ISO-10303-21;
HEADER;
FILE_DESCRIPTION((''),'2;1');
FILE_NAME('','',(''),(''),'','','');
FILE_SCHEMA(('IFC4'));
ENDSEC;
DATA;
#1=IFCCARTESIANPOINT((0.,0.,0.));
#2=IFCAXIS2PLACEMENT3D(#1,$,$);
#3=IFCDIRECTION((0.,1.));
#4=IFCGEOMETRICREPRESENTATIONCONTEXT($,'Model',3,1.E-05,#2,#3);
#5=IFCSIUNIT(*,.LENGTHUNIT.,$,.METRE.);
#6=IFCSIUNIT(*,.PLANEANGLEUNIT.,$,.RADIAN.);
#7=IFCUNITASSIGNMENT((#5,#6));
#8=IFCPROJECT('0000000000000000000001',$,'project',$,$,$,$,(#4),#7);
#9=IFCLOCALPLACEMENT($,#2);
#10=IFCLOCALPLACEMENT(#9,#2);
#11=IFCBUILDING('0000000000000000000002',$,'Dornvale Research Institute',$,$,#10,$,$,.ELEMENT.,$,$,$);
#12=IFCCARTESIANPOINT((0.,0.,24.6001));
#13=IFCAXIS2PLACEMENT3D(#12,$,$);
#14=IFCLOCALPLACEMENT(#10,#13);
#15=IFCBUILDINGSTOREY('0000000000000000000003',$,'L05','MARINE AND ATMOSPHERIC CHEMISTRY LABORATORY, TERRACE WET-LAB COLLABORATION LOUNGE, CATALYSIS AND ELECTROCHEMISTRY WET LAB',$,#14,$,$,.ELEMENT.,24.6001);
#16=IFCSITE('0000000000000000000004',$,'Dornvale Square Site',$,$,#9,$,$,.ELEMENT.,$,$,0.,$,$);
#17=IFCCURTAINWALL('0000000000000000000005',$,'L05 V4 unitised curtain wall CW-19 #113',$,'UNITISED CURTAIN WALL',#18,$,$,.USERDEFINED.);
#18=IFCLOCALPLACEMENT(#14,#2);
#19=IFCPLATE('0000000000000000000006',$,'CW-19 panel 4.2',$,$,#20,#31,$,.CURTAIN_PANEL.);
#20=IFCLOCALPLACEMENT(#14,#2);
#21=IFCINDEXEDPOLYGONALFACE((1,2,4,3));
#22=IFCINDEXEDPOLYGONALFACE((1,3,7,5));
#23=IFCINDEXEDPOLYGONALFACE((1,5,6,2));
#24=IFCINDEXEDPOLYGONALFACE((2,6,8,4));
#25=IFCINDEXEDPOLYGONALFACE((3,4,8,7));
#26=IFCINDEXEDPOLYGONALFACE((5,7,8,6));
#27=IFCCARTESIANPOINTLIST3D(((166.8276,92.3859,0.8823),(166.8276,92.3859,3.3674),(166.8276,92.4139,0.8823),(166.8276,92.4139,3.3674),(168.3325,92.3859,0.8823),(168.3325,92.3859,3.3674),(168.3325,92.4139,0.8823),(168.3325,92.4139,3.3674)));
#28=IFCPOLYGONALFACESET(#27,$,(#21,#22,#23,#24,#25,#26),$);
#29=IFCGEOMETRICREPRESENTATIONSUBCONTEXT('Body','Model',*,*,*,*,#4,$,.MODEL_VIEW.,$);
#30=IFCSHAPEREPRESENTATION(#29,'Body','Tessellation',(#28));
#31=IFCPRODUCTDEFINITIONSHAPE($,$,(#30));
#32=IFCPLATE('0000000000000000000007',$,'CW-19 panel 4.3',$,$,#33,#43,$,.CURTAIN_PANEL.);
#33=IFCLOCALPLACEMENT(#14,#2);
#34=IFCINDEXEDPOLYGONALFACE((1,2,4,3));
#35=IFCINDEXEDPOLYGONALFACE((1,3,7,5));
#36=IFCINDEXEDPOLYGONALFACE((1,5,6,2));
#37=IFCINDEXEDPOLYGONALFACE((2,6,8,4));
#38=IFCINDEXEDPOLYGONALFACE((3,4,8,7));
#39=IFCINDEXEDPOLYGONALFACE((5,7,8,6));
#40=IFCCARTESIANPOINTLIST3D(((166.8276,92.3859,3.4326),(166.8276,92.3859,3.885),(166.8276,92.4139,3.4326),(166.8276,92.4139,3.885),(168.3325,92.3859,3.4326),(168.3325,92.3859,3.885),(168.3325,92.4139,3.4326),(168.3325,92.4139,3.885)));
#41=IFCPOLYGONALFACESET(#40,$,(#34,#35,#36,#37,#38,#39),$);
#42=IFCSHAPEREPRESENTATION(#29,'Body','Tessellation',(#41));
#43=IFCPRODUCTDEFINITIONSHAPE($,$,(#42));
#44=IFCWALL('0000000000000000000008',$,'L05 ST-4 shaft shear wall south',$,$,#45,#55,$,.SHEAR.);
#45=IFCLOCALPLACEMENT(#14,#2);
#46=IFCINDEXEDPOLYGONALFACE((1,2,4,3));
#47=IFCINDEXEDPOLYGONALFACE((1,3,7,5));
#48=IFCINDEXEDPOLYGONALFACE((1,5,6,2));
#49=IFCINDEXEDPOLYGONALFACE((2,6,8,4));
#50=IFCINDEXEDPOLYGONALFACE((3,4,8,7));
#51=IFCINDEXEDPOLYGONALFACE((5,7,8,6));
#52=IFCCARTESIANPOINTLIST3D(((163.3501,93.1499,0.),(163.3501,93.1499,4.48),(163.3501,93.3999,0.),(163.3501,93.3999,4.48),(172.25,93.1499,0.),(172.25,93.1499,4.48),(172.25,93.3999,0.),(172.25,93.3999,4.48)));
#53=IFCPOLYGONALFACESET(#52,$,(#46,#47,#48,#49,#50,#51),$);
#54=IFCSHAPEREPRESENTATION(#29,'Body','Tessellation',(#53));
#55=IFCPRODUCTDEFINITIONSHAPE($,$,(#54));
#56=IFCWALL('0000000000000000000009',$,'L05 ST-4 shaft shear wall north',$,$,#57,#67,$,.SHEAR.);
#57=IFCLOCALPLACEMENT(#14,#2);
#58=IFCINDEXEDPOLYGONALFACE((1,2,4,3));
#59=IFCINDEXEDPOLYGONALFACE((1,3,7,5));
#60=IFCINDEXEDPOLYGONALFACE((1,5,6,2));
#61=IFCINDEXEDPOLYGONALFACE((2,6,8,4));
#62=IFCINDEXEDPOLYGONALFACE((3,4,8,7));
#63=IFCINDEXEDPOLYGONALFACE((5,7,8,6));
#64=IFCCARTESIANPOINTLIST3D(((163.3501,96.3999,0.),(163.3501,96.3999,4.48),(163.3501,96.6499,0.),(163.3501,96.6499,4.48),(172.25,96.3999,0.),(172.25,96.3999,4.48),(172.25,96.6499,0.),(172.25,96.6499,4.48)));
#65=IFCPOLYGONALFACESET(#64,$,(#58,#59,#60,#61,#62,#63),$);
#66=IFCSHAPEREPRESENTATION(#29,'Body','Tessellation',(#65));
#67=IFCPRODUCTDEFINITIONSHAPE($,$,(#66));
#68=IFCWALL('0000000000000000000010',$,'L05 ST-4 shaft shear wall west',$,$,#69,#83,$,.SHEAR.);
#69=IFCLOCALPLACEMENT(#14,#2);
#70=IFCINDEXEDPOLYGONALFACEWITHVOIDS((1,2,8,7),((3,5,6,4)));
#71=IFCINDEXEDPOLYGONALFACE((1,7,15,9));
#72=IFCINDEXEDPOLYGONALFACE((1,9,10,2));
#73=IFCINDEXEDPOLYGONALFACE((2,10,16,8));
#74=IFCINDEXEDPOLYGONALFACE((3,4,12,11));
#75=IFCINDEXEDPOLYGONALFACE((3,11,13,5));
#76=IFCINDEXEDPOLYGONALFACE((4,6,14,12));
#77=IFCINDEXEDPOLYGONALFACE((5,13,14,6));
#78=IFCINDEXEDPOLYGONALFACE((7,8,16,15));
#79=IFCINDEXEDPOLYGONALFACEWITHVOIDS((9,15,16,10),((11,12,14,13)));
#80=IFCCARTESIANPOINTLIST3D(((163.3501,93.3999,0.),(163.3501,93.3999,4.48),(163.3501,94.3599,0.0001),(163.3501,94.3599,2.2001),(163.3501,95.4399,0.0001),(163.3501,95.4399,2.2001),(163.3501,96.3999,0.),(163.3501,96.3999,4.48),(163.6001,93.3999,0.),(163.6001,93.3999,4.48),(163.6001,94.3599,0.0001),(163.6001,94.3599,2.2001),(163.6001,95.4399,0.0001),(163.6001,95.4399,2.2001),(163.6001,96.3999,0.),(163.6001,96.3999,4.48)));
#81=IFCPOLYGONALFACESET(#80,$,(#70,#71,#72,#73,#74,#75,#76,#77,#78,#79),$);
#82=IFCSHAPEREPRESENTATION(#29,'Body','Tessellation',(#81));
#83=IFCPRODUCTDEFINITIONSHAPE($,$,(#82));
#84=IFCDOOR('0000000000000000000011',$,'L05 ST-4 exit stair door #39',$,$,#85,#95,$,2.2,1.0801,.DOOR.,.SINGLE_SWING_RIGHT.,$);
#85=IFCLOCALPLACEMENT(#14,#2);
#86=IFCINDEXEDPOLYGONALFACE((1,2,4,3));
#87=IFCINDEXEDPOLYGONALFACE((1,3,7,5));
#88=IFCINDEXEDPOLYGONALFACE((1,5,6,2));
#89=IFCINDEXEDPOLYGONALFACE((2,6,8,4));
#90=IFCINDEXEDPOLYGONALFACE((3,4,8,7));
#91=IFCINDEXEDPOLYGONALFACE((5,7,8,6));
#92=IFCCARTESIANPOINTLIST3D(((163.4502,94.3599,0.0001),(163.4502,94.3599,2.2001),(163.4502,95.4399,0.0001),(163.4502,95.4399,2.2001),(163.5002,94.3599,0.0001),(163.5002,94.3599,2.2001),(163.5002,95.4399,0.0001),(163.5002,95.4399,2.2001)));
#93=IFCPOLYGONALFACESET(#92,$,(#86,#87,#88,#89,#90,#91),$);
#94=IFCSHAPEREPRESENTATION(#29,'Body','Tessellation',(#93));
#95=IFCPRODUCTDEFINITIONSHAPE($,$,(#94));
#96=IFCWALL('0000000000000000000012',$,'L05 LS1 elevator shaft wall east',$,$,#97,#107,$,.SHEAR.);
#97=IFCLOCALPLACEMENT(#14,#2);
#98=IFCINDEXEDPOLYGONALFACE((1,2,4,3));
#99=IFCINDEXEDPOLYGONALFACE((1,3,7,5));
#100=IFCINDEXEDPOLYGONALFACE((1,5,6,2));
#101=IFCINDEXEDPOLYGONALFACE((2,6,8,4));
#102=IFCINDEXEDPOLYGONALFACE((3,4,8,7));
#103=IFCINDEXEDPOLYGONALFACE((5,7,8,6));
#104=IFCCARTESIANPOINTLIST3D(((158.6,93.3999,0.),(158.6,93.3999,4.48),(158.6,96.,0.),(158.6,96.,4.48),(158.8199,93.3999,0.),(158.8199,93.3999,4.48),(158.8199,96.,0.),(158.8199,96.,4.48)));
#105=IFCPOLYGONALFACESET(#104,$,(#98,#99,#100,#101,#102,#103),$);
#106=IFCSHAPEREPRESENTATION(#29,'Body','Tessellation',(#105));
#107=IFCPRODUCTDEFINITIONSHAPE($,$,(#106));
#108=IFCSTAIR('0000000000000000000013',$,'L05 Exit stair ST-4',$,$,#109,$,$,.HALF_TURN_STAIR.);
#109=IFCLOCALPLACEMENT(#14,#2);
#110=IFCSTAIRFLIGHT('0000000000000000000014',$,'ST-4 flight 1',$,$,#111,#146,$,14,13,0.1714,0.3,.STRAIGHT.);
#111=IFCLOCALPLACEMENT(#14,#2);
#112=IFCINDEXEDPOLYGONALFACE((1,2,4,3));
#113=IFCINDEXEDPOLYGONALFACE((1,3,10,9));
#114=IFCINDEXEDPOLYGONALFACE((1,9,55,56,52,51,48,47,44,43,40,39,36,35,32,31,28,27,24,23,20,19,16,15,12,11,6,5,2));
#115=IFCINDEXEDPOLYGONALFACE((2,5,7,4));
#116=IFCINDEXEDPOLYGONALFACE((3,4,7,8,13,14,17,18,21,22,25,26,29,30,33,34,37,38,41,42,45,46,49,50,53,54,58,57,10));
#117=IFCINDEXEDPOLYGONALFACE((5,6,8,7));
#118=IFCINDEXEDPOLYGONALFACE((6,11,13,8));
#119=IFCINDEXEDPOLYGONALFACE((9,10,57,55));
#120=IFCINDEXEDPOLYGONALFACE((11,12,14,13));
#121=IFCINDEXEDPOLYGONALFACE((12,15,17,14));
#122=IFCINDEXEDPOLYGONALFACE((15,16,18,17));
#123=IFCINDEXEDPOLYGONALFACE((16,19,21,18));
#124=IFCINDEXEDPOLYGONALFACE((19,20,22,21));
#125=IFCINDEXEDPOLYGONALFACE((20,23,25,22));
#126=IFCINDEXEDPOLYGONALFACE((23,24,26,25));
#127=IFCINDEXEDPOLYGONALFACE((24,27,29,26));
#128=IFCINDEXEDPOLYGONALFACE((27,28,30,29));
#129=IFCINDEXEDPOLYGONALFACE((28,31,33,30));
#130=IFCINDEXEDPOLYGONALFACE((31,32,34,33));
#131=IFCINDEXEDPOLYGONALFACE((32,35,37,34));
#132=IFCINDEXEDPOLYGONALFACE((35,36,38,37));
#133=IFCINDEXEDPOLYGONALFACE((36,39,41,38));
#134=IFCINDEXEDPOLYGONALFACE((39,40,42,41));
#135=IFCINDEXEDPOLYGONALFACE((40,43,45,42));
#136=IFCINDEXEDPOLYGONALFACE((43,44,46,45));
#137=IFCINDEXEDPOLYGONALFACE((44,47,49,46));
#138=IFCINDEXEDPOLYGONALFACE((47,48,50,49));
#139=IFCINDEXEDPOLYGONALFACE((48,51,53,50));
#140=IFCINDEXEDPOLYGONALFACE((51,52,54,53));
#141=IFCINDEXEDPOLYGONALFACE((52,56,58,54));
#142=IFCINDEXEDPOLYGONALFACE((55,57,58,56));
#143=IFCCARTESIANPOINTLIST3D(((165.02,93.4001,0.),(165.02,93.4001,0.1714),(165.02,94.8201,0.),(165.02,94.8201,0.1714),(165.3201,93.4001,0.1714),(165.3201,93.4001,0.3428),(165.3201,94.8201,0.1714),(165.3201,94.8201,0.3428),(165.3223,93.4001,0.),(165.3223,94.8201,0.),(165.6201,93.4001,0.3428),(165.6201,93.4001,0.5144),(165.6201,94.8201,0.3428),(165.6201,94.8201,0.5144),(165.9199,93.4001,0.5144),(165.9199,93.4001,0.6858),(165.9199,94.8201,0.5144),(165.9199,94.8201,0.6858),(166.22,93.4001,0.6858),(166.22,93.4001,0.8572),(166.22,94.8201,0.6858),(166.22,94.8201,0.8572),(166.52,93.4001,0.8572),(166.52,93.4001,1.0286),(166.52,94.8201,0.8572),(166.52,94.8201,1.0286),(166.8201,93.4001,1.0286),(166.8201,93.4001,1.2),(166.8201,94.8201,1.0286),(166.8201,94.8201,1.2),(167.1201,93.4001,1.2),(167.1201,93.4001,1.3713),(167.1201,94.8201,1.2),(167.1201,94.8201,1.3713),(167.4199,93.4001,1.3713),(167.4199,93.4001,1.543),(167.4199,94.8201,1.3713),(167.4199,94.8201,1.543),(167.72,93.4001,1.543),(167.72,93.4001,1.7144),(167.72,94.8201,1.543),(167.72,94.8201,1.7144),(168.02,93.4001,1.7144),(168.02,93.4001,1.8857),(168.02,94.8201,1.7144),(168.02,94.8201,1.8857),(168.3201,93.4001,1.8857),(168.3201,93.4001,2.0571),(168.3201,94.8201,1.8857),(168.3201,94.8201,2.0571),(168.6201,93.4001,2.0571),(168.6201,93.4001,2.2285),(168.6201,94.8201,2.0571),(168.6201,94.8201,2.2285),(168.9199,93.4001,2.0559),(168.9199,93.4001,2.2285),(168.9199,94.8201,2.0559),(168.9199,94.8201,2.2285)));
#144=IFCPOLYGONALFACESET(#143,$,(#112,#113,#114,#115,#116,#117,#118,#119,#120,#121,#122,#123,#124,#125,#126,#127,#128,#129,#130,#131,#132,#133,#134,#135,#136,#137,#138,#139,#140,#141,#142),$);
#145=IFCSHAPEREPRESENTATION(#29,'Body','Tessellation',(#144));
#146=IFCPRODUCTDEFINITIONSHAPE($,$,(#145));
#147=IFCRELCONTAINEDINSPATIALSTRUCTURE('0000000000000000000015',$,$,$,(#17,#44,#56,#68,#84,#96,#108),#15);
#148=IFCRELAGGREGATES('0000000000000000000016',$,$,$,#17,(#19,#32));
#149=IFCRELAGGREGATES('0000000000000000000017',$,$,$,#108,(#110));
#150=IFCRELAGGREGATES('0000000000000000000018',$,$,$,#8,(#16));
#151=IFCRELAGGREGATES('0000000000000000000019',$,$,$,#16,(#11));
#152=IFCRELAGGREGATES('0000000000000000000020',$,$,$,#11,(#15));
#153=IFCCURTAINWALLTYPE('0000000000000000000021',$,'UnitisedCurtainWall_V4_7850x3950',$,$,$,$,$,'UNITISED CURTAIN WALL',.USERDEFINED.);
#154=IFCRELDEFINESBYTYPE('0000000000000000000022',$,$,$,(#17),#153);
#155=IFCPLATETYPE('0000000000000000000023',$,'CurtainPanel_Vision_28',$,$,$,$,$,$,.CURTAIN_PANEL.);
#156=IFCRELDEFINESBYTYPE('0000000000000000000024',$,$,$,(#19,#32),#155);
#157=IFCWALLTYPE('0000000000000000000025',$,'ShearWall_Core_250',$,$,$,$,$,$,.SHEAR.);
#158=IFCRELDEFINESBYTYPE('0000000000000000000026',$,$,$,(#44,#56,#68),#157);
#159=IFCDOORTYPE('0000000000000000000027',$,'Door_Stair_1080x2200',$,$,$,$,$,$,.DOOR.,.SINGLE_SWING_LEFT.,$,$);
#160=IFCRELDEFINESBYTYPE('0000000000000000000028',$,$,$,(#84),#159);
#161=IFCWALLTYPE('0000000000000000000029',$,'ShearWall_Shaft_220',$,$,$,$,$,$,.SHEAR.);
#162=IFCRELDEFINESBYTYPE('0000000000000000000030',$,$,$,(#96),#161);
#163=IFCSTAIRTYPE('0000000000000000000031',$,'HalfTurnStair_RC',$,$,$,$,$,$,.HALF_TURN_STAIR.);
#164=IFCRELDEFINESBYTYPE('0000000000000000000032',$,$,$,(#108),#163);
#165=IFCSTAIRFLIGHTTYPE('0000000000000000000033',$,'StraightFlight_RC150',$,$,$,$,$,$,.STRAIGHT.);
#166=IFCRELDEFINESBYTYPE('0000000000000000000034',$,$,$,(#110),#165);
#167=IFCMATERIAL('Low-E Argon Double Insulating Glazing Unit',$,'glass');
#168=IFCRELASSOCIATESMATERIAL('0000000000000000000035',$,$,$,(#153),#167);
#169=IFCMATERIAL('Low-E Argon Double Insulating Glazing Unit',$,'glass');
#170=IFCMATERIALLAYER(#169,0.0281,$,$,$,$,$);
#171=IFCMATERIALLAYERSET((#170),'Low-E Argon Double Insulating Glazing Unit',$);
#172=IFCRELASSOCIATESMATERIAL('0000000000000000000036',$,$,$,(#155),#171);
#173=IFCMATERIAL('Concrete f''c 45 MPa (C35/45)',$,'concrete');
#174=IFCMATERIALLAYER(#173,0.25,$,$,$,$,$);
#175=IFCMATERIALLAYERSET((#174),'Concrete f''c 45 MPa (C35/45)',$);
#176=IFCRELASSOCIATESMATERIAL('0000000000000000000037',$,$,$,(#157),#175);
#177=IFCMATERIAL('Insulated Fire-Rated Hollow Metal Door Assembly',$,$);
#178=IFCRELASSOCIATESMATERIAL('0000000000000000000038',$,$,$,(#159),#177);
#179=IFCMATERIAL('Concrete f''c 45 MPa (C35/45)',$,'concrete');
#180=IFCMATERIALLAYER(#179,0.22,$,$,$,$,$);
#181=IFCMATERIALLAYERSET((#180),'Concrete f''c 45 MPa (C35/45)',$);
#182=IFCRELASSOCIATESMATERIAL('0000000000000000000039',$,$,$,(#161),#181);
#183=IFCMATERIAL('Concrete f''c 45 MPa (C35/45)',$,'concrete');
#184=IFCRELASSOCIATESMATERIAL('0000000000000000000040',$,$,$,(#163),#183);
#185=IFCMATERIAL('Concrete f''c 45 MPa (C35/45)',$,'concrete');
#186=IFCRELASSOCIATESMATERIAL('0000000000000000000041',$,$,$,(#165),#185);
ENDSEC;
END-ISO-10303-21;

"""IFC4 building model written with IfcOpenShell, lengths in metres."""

from ifc_helpers import new_model, si_unit, direction, frame, frame_2d, origin, origin_2d, place, context, subcontext, project, spatial, polyline, rectangle, outline, extrude, material, layer, layer_set, type_object, element, fill, aggregate, save


model = new_model("IFC4")

# Units and contexts
model_context = context("Model", 3, precision=1e-05, world=origin(), true_north=direction((0.0, 1.0)))
body_context = subcontext(model_context, "Body", "Model", "MODEL_VIEW")
ifc_project = project(units=[si_unit("LENGTHUNIT", "METRE"), si_unit("PLANEANGLEUNIT", "RADIAN")], contexts=[model_context])

# Site, building, storey
site_placement = place(None, origin())
site = spatial("IfcSite", under=ifc_project, at=site_placement, Name="Dornvale Square Site", CompositionType="ELEMENT", RefElevation=0.0)
building_placement = place(site_placement, origin())
building = spatial("IfcBuilding", under=site, at=building_placement, Name="Dornvale Research Institute", CompositionType="ELEMENT")
storey_placement = place(building_placement, frame((0.0, 0.0, 24.6001)))
storey = spatial("IfcBuildingStorey", under=building, at=storey_placement, Name="L05", Description="MARINE AND ATMOSPHERIC CHEMISTRY LABORATORY, TERRACE WET-LAB COLLABORATION LOUNGE, CATALYSIS AND ELECTROCHEMISTRY WET LAB", CompositionType="ELEMENT", Elevation=24.6001)

# Curtain wall, plates
ifc_material_1 = material(Name="Low-E Argon Double Insulating Glazing Unit", Category="glass")
curtain_wall_type = type_object("IfcCurtainWallType", Name="UnitisedCurtainWall_V4_7850x3950", ElementType="UNITISED CURTAIN WALL", PredefinedType="USERDEFINED", material=ifc_material_1)
curtain_wall_placement = place(storey_placement, origin())
curtain_wall = element("IfcCurtainWall", 1, at=curtain_wall_placement, inside=storey, type_object=curtain_wall_type, Name="L05 V4 unitised curtain wall CW-19 #113", ObjectType="UNITISED CURTAIN WALL", PredefinedType="USERDEFINED")
ifc_material_2 = material(Name="Low-E Argon Double Insulating Glazing Unit", Category="glass")
ifc_layer_1 = layer(ifc_material_2, 0.0281)
ifc_layer_set_1 = layer_set([ifc_layer_1], Name="Low-E Argon Double Insulating Glazing Unit")
plate_type_1 = type_object("IfcPlateType", Name="CurtainPanel_Vision_28", PredefinedType="CURTAIN_PANEL", material=ifc_layer_set_1)
plate_1_placement = place(storey_placement, frame((167.5801, 92.3999, 0.8823), z_axis=(0.0, 0.0, 1.0), x_axis=(-1.0, 0.0, 0.0)))
plate_1 = element("IfcPlate", 2, at=plate_1_placement, type_object=plate_type_1, Name="CW-19 panel 4.2", PredefinedType="CURTAIN_PANEL", context=body_context, shape_type="SweptSolid", body=[
    extrude(rectangle(XDim=1.5049, YDim=0.0281, at=origin_2d()), origin(), (0.0, 0.0, 1.0), 2.4851),
])
plate_2_placement = place(storey_placement, frame((167.5801, 92.3999, 3.4326), z_axis=(0.0, 0.0, 1.0), x_axis=(-1.0, 0.0, 0.0)))
plate_2 = element("IfcPlate", 3, at=plate_2_placement, type_object=plate_type_1, Name="CW-19 panel 4.3", PredefinedType="CURTAIN_PANEL", context=body_context, shape_type="SweptSolid", body=[
    extrude(rectangle(XDim=1.5049, YDim=0.0281, at=origin_2d()), origin(), (0.0, 0.0, 1.0), 0.4524),
])
aggregate(curtain_wall, [plate_1, plate_2])

# Walls
ifc_material_3 = material(Name="Concrete f'c 45 MPa (C35/45)", Category="concrete")
ifc_layer_2 = layer(ifc_material_3, 0.25)
ifc_layer_set_2 = layer_set([ifc_layer_2], Name="Concrete f'c 45 MPa (C35/45)")
wall_type_1 = type_object("IfcWallType", Name="ShearWall_Core_250", PredefinedType="SHEAR", material=ifc_layer_set_2)
for number, where, z_axis, x_axis, name in (
    (4, (163.3501, 93.2749, 0.0), (0.0, 0.0, 1.0), (1.0, 0.0, 0.0), "L05 ST-4 shaft shear wall south"),
    (5, (163.3501, 96.5249, 0.0), (0.0, 0.0, 1.0), (1.0, 0.0, 0.0), "L05 ST-4 shaft shear wall north"),
):
    element("IfcWall", number, at=place(storey_placement, frame(where, z_axis=z_axis, x_axis=x_axis)), inside=storey, type_object=wall_type_1, Name=name, PredefinedType="SHEAR", context=body_context, shape_type="SweptSolid", body=[
        extrude(rectangle(XDim=8.8999, YDim=0.25, at=frame_2d((4.45, 0.0))), origin(), (0.0, 0.0, 1.0), 4.48),
    ])

# Wall, opening, door
wall_1_placement = place(storey_placement, frame((163.4751, 93.3999, 0.0), z_axis=(0.0, 0.0, 1.0), x_axis=(0.0, 1.0, 0.0)))
wall_1 = element("IfcWall", 6, at=wall_1_placement, inside=storey, type_object=wall_type_1, Name="L05 ST-4 shaft shear wall west", PredefinedType="SHEAR", context=body_context, shape_type="SweptSolid", body=[
    extrude(rectangle(XDim=3.0, YDim=0.25, at=frame_2d((1.5, 0.0))), origin(), (0.0, 0.0, 1.0), 4.48),
])
opening_placement = place(wall_1_placement, frame((0.96, 0.0, 0.0)))
opening = element("IfcOpeningElement", 7, at=opening_placement, cuts=wall_1, PredefinedType="OPENING", context=body_context, shape_type="SweptSolid", body=[
    extrude(rectangle(XDim=1.0801, YDim=2.2, at=frame_2d((0.54, 1.1001))), frame((0.0, 0.1399, 0.0), z_axis=(0.0, -1.0, 0.0), x_axis=(1.0, 0.0, 0.0)), (0.0, 0.0, 1.0), 0.28),
])
ifc_material_4 = material(Name="Insulated Fire-Rated Hollow Metal Door Assembly")
door_type = type_object("IfcDoorType", Name="Door_Stair_1080x2200", OperationType="SINGLE_SWING_LEFT", PredefinedType="DOOR", material=ifc_material_4)
door_placement = place(opening_placement, origin())
door = element("IfcDoor", 8, at=door_placement, inside=storey, type_object=door_type, Name="L05 ST-4 exit stair door #39", OperationType="SINGLE_SWING_RIGHT", OverallHeight=2.2, OverallWidth=1.0801, PredefinedType="DOOR", context=body_context, shape_type="SweptSolid", body=[
    extrude(rectangle(XDim=1.0801, YDim=2.2, at=frame_2d((0.54, 1.1001))), frame((0.0, 0.0249, 0.0), z_axis=(0.0, -1.0, 0.0), x_axis=(1.0, 0.0, 0.0)), (0.0, 0.0, 1.0), 0.05),
])
fill(opening, door)

# Wall
ifc_material_5 = material(Name="Concrete f'c 45 MPa (C35/45)", Category="concrete")
ifc_layer_3 = layer(ifc_material_5, 0.22)
ifc_layer_set_3 = layer_set([ifc_layer_3], Name="Concrete f'c 45 MPa (C35/45)")
wall_type_2 = type_object("IfcWallType", Name="ShearWall_Shaft_220", PredefinedType="SHEAR", material=ifc_layer_set_3)
wall_2_placement = place(storey_placement, frame((158.71, 93.3999, 0.0), z_axis=(0.0, 0.0, 1.0), x_axis=(0.0, 1.0, 0.0)))
element("IfcWall", 9, at=wall_2_placement, inside=storey, type_object=wall_type_2, Name="L05 LS1 elevator shaft wall east", PredefinedType="SHEAR", context=body_context, shape_type="SweptSolid", body=[
    extrude(rectangle(XDim=2.6001, YDim=0.22, at=frame_2d((1.3, 0.0))), origin(), (0.0, 0.0, 1.0), 4.48),
])

# Stair, stair flight
ifc_material_6 = material(Name="Concrete f'c 45 MPa (C35/45)", Category="concrete")
stair_type = type_object("IfcStairType", Name="HalfTurnStair_RC", PredefinedType="HALF_TURN_STAIR", material=ifc_material_6)
stair_placement = place(storey_placement, origin())
stair = element("IfcStair", 10, at=stair_placement, inside=storey, type_object=stair_type, Name="L05 Exit stair ST-4", PredefinedType="HALF_TURN_STAIR")
ifc_material_7 = material(Name="Concrete f'c 45 MPa (C35/45)", Category="concrete")
stair_flight_type = type_object("IfcStairFlightType", Name="StraightFlight_RC150", PredefinedType="STRAIGHT", material=ifc_material_7)
stair_flight_placement = place(storey_placement, frame((165.02, 94.1101, 0.0), z_axis=(0.0, 0.0, 1.0), x_axis=(1.0, 0.0, 0.0)))
stair_flight = element("IfcStairFlight", 11, at=stair_flight_placement, type_object=stair_flight_type, Name="ST-4 flight 1", NumberOfRisers=14, NumberOfTreads=13, PredefinedType="STRAIGHT", RiserHeight=0.1714, TreadLength=0.3, context=body_context, shape_type="SweptSolid", body=[
    extrude(outline(polyline([(0.0, 0.0), (0.0, 0.1714), (0.3, 0.1714), (0.3, 0.3428), (0.6001, 0.3428), (0.6001, 0.5144), (0.8999, 0.5144), (0.8999, 0.6858), (1.2, 0.6858), (1.2, 0.8572), (1.5, 0.8572), (1.5, 1.0286), (1.8, 1.0286), (1.8, 1.2), (2.1001, 1.2), (2.1001, 1.3713), (2.3999, 1.3713), (2.3999, 1.543), (2.7, 1.543), (2.7, 1.7144), (3.0, 1.7144), (3.0, 1.8857), (3.3, 1.8857), (3.3, 2.0571), (3.6001, 2.0571), (3.6001, 2.2285), (3.8999, 2.2285), (3.8999, 2.3999), (3.8999, 2.0559), (0.3022, 0.0), (0.0, 0.0)])), frame((0.0, 0.71, 0.0), z_axis=(0.0, -1.0, 0.0), x_axis=(1.0, 0.0, 0.0)), (0.0, 0.0, 1.0), 1.4199),
])
aggregate(stair, [stair_flight])

save(model, "model.ifc")
